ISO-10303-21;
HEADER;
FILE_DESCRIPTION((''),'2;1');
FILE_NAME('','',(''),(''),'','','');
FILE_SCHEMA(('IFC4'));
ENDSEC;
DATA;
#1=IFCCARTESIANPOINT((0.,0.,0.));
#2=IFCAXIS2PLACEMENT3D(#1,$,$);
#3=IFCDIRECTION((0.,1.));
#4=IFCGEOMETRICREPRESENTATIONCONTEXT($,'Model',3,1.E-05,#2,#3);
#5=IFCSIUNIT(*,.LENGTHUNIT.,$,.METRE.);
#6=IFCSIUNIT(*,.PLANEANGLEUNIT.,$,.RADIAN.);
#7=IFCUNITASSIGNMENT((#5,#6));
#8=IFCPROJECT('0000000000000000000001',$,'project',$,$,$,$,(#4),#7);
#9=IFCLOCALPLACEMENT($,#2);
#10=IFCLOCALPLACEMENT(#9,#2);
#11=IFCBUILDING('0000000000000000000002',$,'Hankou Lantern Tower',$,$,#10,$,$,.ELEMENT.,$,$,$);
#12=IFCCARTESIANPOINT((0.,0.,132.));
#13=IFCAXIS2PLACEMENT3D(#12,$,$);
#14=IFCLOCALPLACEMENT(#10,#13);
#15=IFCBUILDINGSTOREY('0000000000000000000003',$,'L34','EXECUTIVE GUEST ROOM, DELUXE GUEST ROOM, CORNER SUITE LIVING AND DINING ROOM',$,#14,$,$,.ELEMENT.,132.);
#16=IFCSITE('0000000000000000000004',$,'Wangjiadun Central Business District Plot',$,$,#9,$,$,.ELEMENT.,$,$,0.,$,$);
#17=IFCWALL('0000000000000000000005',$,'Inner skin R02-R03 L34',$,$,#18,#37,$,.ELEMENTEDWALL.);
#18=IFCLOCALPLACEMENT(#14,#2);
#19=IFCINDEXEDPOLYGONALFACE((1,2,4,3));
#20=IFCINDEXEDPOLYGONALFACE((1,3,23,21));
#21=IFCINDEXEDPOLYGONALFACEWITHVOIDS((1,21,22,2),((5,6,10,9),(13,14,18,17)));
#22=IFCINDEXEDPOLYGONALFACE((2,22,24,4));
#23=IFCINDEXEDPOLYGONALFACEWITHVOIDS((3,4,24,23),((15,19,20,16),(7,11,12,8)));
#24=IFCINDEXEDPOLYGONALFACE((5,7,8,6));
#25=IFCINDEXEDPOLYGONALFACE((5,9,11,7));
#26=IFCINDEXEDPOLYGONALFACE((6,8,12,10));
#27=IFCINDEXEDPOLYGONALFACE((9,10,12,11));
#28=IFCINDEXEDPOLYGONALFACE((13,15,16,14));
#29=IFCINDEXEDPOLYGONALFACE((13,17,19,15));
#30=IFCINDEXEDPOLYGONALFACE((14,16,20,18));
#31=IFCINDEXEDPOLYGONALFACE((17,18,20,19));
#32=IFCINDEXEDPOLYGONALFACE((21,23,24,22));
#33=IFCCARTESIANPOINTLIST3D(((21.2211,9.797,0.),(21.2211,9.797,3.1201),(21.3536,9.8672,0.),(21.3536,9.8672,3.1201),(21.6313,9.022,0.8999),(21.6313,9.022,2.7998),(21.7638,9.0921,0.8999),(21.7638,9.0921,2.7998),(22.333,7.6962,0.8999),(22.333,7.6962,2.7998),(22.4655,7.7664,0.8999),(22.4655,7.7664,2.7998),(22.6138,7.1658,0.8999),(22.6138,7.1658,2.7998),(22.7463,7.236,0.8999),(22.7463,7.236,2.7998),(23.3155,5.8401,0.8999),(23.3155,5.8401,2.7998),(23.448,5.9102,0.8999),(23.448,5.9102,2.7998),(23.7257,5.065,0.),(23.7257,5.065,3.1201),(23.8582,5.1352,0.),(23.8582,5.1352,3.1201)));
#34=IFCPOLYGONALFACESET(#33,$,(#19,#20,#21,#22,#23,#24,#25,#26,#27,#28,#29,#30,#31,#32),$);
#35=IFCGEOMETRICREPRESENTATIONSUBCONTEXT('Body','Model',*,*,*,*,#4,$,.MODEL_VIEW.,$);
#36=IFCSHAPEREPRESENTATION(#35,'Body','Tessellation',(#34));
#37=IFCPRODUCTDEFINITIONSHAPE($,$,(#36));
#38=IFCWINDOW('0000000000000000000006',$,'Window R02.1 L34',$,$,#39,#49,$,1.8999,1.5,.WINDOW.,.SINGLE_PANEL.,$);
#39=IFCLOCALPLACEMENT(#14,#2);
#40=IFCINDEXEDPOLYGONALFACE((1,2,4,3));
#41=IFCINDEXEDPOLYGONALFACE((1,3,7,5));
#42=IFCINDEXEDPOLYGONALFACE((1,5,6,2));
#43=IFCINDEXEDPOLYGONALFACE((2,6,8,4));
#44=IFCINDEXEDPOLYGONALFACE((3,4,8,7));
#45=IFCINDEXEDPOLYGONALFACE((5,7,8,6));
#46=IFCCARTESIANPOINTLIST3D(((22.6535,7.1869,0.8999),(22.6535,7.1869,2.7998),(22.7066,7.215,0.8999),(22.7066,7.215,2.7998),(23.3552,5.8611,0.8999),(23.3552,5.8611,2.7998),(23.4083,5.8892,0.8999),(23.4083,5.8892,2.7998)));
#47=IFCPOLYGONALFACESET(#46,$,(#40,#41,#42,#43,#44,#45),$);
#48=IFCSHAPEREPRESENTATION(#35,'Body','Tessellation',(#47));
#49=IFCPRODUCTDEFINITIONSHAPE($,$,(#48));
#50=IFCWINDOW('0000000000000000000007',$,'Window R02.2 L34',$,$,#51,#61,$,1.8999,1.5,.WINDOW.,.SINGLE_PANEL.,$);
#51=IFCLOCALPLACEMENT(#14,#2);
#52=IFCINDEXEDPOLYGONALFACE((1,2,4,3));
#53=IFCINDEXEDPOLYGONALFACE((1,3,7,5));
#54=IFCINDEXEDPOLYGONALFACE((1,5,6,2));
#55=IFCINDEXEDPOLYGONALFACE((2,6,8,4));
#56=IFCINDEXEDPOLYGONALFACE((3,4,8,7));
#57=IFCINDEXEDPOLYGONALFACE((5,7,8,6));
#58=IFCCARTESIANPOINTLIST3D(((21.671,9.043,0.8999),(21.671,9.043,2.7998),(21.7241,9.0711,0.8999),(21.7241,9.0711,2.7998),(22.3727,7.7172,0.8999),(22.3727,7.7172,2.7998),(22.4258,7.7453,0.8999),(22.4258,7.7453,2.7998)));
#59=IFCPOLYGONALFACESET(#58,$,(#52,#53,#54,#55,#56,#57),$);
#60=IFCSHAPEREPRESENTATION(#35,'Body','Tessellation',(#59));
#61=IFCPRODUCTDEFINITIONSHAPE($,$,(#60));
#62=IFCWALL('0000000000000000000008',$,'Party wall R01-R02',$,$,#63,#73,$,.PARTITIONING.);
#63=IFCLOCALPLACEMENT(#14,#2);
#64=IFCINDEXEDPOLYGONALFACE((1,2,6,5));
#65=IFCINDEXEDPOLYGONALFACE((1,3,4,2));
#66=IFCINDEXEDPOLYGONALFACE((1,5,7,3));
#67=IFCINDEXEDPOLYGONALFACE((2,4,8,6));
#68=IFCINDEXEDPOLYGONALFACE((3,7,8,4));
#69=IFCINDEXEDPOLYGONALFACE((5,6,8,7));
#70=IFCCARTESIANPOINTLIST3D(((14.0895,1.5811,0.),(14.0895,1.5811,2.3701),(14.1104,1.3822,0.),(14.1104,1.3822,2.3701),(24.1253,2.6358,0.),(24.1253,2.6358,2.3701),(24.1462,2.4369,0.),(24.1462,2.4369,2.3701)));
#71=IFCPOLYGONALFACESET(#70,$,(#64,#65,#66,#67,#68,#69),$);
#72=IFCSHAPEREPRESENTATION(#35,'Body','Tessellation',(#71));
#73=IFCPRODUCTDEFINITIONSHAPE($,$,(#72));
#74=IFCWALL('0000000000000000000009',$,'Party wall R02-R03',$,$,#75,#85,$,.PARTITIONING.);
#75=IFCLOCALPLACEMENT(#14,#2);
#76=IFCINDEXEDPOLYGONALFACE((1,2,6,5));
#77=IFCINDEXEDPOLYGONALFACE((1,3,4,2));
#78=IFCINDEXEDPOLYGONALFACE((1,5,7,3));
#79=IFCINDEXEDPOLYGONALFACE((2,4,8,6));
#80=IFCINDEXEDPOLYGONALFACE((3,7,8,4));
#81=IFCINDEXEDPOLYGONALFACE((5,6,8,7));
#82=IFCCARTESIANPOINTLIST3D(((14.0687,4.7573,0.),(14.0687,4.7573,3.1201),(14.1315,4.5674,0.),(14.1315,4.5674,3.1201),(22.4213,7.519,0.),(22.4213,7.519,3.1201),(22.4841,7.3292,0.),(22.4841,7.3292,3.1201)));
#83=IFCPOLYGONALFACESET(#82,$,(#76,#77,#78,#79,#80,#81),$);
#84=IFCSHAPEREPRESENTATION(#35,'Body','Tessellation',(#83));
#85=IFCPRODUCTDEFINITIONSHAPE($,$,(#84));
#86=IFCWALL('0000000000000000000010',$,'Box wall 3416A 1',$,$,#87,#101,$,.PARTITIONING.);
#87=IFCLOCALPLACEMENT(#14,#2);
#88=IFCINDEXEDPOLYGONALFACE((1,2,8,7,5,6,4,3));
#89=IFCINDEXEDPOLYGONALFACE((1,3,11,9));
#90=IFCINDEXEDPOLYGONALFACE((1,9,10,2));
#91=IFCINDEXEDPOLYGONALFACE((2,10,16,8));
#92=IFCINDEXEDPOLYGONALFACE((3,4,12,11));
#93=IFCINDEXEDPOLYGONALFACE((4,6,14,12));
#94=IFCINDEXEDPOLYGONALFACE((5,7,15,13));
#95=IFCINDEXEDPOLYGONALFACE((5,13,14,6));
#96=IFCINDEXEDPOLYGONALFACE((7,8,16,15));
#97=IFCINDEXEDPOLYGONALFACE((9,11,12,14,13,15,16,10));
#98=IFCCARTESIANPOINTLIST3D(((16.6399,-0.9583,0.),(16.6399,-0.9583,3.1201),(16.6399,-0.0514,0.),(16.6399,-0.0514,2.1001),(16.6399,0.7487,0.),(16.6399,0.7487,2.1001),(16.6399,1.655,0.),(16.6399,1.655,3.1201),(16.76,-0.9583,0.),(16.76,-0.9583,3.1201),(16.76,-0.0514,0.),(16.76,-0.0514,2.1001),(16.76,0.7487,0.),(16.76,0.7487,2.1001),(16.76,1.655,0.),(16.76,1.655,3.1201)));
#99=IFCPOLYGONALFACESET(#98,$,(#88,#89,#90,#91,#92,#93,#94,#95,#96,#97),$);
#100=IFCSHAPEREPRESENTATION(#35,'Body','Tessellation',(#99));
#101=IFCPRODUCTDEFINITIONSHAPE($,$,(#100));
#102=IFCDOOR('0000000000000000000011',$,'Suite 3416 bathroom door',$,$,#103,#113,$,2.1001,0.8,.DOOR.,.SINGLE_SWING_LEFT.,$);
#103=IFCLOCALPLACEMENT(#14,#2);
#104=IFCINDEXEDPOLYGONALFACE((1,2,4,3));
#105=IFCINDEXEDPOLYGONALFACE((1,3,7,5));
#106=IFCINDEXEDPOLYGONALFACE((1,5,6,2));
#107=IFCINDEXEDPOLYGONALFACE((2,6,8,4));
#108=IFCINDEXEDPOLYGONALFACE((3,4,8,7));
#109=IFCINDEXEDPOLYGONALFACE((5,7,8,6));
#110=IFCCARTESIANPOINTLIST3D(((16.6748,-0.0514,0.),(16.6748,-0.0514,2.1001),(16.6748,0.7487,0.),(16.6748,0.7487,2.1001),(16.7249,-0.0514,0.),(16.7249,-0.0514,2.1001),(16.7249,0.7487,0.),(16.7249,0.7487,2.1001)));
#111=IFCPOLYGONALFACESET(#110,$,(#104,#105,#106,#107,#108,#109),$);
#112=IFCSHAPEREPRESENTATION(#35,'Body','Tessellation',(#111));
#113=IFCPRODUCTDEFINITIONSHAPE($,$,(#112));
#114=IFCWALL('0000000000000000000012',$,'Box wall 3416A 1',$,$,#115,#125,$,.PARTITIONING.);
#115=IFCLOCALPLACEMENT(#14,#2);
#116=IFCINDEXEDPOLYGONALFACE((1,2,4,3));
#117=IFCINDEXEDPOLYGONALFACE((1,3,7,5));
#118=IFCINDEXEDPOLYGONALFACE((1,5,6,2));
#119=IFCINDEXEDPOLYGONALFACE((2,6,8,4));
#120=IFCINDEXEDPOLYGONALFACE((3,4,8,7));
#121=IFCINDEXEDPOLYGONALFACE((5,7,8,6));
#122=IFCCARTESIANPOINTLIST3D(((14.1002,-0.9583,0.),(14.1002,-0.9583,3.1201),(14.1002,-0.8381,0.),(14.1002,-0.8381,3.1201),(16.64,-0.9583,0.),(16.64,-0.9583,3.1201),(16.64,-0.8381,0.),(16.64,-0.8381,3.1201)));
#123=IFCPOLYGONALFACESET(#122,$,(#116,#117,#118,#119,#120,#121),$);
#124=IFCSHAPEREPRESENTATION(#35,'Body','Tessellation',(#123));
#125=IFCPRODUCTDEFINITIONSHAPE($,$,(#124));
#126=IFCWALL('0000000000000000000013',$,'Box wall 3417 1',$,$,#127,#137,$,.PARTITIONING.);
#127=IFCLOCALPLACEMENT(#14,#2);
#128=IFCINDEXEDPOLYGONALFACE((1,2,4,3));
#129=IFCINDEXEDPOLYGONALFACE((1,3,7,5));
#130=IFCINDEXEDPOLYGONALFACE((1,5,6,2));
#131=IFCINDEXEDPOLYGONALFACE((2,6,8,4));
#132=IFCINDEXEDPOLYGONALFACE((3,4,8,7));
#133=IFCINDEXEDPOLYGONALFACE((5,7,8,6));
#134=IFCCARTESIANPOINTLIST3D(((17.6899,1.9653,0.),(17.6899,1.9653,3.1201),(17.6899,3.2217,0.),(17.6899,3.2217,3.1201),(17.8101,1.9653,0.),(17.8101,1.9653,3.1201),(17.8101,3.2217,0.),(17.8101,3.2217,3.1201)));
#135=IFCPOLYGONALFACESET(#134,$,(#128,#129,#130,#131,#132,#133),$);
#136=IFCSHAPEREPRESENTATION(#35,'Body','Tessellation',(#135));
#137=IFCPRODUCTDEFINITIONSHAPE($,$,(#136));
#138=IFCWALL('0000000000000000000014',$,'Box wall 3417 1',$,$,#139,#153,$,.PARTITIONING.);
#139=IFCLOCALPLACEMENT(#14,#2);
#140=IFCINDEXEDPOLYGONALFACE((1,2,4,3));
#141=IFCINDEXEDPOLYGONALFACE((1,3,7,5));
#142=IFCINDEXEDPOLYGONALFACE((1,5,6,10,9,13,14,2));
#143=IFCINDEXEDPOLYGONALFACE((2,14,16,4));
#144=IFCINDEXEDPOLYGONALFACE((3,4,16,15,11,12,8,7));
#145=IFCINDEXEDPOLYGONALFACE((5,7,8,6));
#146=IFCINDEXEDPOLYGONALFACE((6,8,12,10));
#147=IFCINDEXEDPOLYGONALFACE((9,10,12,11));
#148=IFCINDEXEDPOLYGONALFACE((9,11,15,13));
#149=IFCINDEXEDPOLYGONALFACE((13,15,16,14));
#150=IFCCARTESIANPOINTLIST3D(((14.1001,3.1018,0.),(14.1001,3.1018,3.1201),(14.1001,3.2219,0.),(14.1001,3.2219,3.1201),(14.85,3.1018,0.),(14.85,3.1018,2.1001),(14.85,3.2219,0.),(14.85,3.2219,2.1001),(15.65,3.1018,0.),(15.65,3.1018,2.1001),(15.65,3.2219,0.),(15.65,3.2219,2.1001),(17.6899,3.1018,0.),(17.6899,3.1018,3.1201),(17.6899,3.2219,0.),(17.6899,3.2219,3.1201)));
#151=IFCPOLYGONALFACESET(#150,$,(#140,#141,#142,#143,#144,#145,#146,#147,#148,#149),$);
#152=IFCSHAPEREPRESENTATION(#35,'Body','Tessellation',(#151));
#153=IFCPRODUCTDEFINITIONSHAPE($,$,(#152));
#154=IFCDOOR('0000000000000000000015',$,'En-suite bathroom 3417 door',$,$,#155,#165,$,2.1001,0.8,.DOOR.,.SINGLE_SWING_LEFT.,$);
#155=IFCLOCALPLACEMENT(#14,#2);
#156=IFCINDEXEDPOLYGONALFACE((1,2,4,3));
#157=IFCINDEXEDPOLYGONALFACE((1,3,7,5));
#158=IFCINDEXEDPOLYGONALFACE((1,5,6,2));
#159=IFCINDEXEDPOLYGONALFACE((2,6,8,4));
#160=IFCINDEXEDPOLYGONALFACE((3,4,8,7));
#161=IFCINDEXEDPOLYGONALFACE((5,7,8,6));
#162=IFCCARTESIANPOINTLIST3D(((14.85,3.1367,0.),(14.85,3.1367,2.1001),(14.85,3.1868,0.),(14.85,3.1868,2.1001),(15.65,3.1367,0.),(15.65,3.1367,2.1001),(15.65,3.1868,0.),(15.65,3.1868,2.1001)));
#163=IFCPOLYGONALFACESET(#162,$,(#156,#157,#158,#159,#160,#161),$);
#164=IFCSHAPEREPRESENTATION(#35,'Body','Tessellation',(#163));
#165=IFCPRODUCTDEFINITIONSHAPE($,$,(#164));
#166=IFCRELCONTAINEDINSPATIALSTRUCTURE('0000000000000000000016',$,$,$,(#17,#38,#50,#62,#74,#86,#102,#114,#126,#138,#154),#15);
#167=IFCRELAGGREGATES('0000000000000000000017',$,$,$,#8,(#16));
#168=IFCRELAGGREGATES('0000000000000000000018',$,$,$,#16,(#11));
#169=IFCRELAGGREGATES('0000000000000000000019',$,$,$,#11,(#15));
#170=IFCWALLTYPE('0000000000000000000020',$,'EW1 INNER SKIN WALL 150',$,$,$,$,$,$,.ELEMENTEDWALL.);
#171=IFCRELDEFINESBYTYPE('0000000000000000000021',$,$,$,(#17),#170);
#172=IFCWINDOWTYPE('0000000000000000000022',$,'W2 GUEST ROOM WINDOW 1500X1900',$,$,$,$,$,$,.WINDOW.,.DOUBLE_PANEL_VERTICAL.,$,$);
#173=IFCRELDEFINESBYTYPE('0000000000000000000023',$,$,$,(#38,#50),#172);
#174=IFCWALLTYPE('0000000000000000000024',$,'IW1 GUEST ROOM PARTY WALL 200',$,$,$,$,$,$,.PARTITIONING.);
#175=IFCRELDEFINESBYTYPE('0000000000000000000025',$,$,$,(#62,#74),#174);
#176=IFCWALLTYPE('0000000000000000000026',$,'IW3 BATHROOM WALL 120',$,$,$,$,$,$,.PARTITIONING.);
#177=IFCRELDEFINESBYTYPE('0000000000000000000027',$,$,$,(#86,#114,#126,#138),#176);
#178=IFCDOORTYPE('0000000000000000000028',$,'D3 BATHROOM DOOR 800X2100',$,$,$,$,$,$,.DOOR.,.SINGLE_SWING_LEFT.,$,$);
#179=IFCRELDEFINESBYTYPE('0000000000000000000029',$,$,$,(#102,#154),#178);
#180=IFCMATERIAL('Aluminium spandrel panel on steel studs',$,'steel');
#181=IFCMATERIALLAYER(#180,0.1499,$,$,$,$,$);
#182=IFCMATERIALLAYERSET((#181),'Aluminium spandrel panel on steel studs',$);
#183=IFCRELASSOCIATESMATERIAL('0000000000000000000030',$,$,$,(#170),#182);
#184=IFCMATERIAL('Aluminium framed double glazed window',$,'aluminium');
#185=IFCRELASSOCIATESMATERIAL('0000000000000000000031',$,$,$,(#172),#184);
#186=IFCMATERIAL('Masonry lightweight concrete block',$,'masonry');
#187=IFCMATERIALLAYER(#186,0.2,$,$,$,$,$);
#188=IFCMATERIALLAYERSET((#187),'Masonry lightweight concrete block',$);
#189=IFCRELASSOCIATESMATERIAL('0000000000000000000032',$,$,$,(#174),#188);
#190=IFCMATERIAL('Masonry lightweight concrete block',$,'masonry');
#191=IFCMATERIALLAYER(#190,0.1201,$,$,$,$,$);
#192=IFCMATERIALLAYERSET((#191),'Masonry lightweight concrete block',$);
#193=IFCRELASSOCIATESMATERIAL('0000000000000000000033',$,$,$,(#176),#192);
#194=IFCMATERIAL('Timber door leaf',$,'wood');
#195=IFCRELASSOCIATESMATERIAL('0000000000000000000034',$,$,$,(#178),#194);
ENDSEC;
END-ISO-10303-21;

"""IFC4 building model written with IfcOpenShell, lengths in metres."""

from ifc_helpers import new_model, si_unit, direction, frame, frame_2d, origin, place, context, subcontext, project, spatial, rectangle, extrude, material, layer, layer_set, type_object, element, fill, save


model = new_model("IFC4")

# Units and contexts
model_context = context("Model", 3, precision=1e-05, world=origin(), true_north=direction((0.0, 1.0)))
body_context = subcontext(model_context, "Body", "Model", "MODEL_VIEW")
ifc_project = project(units=[si_unit("LENGTHUNIT", "METRE"), si_unit("PLANEANGLEUNIT", "RADIAN")], contexts=[model_context])

# Site, building, storey
site_placement = place(None, origin())
site = spatial("IfcSite", under=ifc_project, at=site_placement, Name="Wangjiadun Central Business District Plot", CompositionType="ELEMENT", RefElevation=0.0)
building_placement = place(site_placement, origin())
building = spatial("IfcBuilding", under=site, at=building_placement, Name="Hankou Lantern Tower", CompositionType="ELEMENT")
storey_placement = place(building_placement, frame((0.0, 0.0, 132.0)))
storey = spatial("IfcBuildingStorey", under=building, at=storey_placement, Name="L34", Description="EXECUTIVE GUEST ROOM, DELUXE GUEST ROOM, CORNER SUITE LIVING AND DINING ROOM", CompositionType="ELEMENT", Elevation=132.0)

# Wall, openings, windows
ifc_material_1 = material(Name="Aluminium spandrel panel on steel studs", Category="steel")
ifc_layer_1 = layer(ifc_material_1, 0.1499)
ifc_layer_set_1 = layer_set([ifc_layer_1], Name="Aluminium spandrel panel on steel studs")
wall_type_1 = type_object("IfcWallType", Name="EW1 INNER SKIN WALL 150", PredefinedType="ELEMENTEDWALL", material=ifc_layer_set_1)
ifc_material_2 = material(Name="Aluminium framed double glazed window", Category="aluminium")
window_type = type_object("IfcWindowType", Name="W2 GUEST ROOM WINDOW 1500X1900", PartitioningType="DOUBLE_PANEL_VERTICAL", PredefinedType="WINDOW", material=ifc_material_2)
wall_1_placement = place(storey_placement, frame((23.792, 5.1001, 0.0), z_axis=(0.0, 0.0, 1.0), x_axis=(-0.467814, 0.883827, 0.0)))
wall_1 = element("IfcWall", 1, at=wall_1_placement, inside=storey, type_object=wall_type_1, Name="Inner skin R02-R03 L34", PredefinedType="ELEMENTEDWALL", context=body_context, shape_type="SweptSolid", body=[
    extrude(rectangle(XDim=5.354, YDim=0.1499, at=frame_2d((2.677, 0.0))), origin(), (0.0, 0.0, 1.0), 3.1201),
])
opening_1_placement = place(wall_1_placement, frame((0.877, 0.0, 0.8999)))
opening_1 = element("IfcOpeningElement", 2, at=opening_1_placement, cuts=wall_1, PredefinedType="OPENING", context=body_context, shape_type="SweptSolid", body=[
    extrude(rectangle(XDim=1.5, YDim=1.8999, at=frame_2d((0.75, 0.95))), frame((0.0, 0.085, 0.0), z_axis=(0.0, -1.0, 0.0), x_axis=(1.0, 0.0, 0.0)), (0.0, 0.0, 1.0), 0.1699),
])
opening_2_placement = place(wall_1_placement, frame((2.9771, 0.0, 0.8999)))
opening_2 = element("IfcOpeningElement", 3, at=opening_2_placement, cuts=wall_1, PredefinedType="OPENING", context=body_context, shape_type="SweptSolid", body=[
    extrude(rectangle(XDim=1.5, YDim=1.8999, at=frame_2d((0.75, 0.95))), frame((0.0, 0.085, 0.0), z_axis=(0.0, -1.0, 0.0), x_axis=(1.0, 0.0, 0.0)), (0.0, 0.0, 1.0), 0.1699),
])
window_1_placement = place(opening_1_placement, origin())
window_1 = element("IfcWindow", 4, at=window_1_placement, inside=storey, type_object=window_type, Name="Window R02.1 L34", OverallHeight=1.8999, OverallWidth=1.5, PartitioningType="SINGLE_PANEL", PredefinedType="WINDOW", context=body_context, shape_type="SweptSolid", body=[
    extrude(rectangle(XDim=1.5, YDim=1.8999, at=frame_2d((0.75, 0.95))), frame((0.0, 0.03, 0.0), z_axis=(0.0, -1.0, 0.0), x_axis=(1.0, 0.0, 0.0)), (0.0, 0.0, 1.0), 0.0601),
])
fill(opening_1, window_1)
window_2_placement = place(opening_2_placement, origin())
window_2 = element("IfcWindow", 5, at=window_2_placement, inside=storey, type_object=window_type, Name="Window R02.2 L34", OverallHeight=1.8999, OverallWidth=1.5, PartitioningType="SINGLE_PANEL", PredefinedType="WINDOW", context=body_context, shape_type="SweptSolid", body=[
    extrude(rectangle(XDim=1.5, YDim=1.8999, at=frame_2d((0.75, 0.95))), frame((0.0, 0.03, 0.0), z_axis=(0.0, -1.0, 0.0), x_axis=(1.0, 0.0, 0.0)), (0.0, 0.0, 1.0), 0.0601),
])
fill(opening_2, window_2)

# Walls
ifc_material_3 = material(Name="Masonry lightweight concrete block", Category="masonry")
ifc_layer_2 = layer(ifc_material_3, 0.2)
ifc_layer_set_2 = layer_set([ifc_layer_2], Name="Masonry lightweight concrete block")
wall_type_2 = type_object("IfcWallType", Name="IW1 GUEST ROOM PARTY WALL 200", PredefinedType="PARTITIONING", material=ifc_layer_set_2)
wall_2_placement = place(storey_placement, frame((14.1001, 1.4817, 0.0), z_axis=(0.0, 0.0, 1.0), x_axis=(0.994523, 0.104516, 0.0)))
element("IfcWall", 6, at=wall_2_placement, inside=storey, type_object=wall_type_2, Name="Party wall R01-R02", PredefinedType="PARTITIONING", context=body_context, shape_type="SweptSolid", body=[
    extrude(rectangle(XDim=10.0911, YDim=0.2, at=frame_2d((5.0454, 0.0))), origin(), (0.0, 0.0, 1.0), 2.3701),
])
wall_3_placement = place(storey_placement, frame((14.1001, 4.6624, 0.0), z_axis=(0.0, 0.0, 1.0), x_axis=(0.949446, 0.313929, 0.0)))
element("IfcWall", 7, at=wall_3_placement, inside=storey, type_object=wall_type_2, Name="Party wall R02-R03", PredefinedType="PARTITIONING", context=body_context, shape_type="SweptSolid", body=[
    extrude(rectangle(XDim=8.7974, YDim=0.2, at=frame_2d((4.3987, 0.0))), origin(), (0.0, 0.0, 1.0), 3.1201),
])

# Wall, opening, door
ifc_material_4 = material(Name="Masonry lightweight concrete block", Category="masonry")
ifc_layer_3 = layer(ifc_material_4, 0.1201)
ifc_layer_set_3 = layer_set([ifc_layer_3], Name="Masonry lightweight concrete block")
wall_type_3 = type_object("IfcWallType", Name="IW3 BATHROOM WALL 120", PredefinedType="PARTITIONING", material=ifc_layer_set_3)
wall_4_placement = place(storey_placement, frame((16.7, 1.655, 0.0), z_axis=(0.0, 0.0, 1.0), x_axis=(0.0, -1.0, 0.0)))
wall_4 = element("IfcWall", 8, at=wall_4_placement, inside=storey, type_object=wall_type_3, Name="Box wall 3416A 1", PredefinedType="PARTITIONING", context=body_context, shape_type="SweptSolid", body=[
    extrude(rectangle(XDim=2.6133, YDim=0.1201, at=frame_2d((1.3066, 0.0))), origin(), (0.0, 0.0, 1.0), 3.1201),
])
opening_3_placement = place(wall_4_placement, frame((0.9065, 0.0, 0.0)))
opening_3 = element("IfcOpeningElement", 9, at=opening_3_placement, cuts=wall_4, PredefinedType="OPENING", context=body_context, shape_type="SweptSolid", body=[
    extrude(rectangle(XDim=0.8, YDim=2.1001, at=frame_2d((0.3999, 1.05))), frame((0.0, 0.0701, 0.0), z_axis=(0.0, -1.0, 0.0), x_axis=(1.0, 0.0, 0.0)), (0.0, 0.0, 1.0), 0.1401),
])
ifc_material_5 = material(Name="Timber door leaf", Category="wood")
door_type = type_object("IfcDoorType", Name="D3 BATHROOM DOOR 800X2100", OperationType="SINGLE_SWING_LEFT", PredefinedType="DOOR", material=ifc_material_5)
door_1_placement = place(opening_3_placement, origin())
door_1 = element("IfcDoor", 10, at=door_1_placement, inside=storey, type_object=door_type, Name="Suite 3416 bathroom door", OperationType="SINGLE_SWING_LEFT", OverallHeight=2.1001, OverallWidth=0.8, PredefinedType="DOOR", context=body_context, shape_type="SweptSolid", body=[
    extrude(rectangle(XDim=0.8, YDim=2.1001, at=frame_2d((0.3999, 1.05))), frame((0.0, 0.0249, 0.0), z_axis=(0.0, -1.0, 0.0), x_axis=(1.0, 0.0, 0.0)), (0.0, 0.0, 1.0), 0.05),
])
fill(opening_3, door_1)

# Walls
wall_5_placement = place(storey_placement, frame((14.1001, -0.8982, 0.0), z_axis=(0.0, 0.0, 1.0), x_axis=(1.0, 0.0, 0.0)))
element("IfcWall", 11, at=wall_5_placement, inside=storey, type_object=wall_type_3, Name="Box wall 3416A 1", PredefinedType="PARTITIONING", context=body_context, shape_type="SweptSolid", body=[
    extrude(rectangle(XDim=2.5398, YDim=0.1201, at=frame_2d((1.27, 0.0))), origin(), (0.0, 0.0, 1.0), 3.1201),
])
wall_6_placement = place(storey_placement, frame((17.75, 1.9653, 0.0), z_axis=(0.0, 0.0, 1.0), x_axis=(0.0, 1.0, 0.0)))
element("IfcWall", 12, at=wall_6_placement, inside=storey, type_object=wall_type_3, Name="Box wall 3417 1", PredefinedType="PARTITIONING", context=body_context, shape_type="SweptSolid", body=[
    extrude(rectangle(XDim=1.2563, YDim=0.1201, at=frame_2d((0.6282, 0.0))), origin(), (0.0, 0.0, 1.0), 3.1201),
])

# Wall, opening, door
wall_7_placement = place(storey_placement, frame((14.1001, 3.1619, 0.0), z_axis=(0.0, 0.0, 1.0), x_axis=(1.0, 0.0, 0.0)))
wall_7 = element("IfcWall", 13, at=wall_7_placement, inside=storey, type_object=wall_type_3, Name="Box wall 3417 1", PredefinedType="PARTITIONING", context=body_context, shape_type="SweptSolid", body=[
    extrude(rectangle(XDim=3.5898, YDim=0.1201, at=frame_2d((1.7949, 0.0))), origin(), (0.0, 0.0, 1.0), 3.1201),
])
opening_4_placement = place(wall_7_placement, frame((0.75, 0.0, 0.0)))
opening_4 = element("IfcOpeningElement", 14, at=opening_4_placement, cuts=wall_7, PredefinedType="OPENING", context=body_context, shape_type="SweptSolid", body=[
    extrude(rectangle(XDim=0.8, YDim=2.1001, at=frame_2d((0.3999, 1.05))), frame((0.0, 0.0701, 0.0), z_axis=(0.0, -1.0, 0.0), x_axis=(1.0, 0.0, 0.0)), (0.0, 0.0, 1.0), 0.1401),
])
door_2_placement = place(opening_4_placement, origin())
door_2 = element("IfcDoor", 15, at=door_2_placement, inside=storey, type_object=door_type, Name="En-suite bathroom 3417 door", OperationType="SINGLE_SWING_LEFT", OverallHeight=2.1001, OverallWidth=0.8, PredefinedType="DOOR", context=body_context, shape_type="SweptSolid", body=[
    extrude(rectangle(XDim=0.8, YDim=2.1001, at=frame_2d((0.3999, 1.05))), frame((0.0, 0.0249, 0.0), z_axis=(0.0, -1.0, 0.0), x_axis=(1.0, 0.0, 0.0)), (0.0, 0.0, 1.0), 0.05),
])
fill(opening_4, door_2)

save(model, "model.ifc")
